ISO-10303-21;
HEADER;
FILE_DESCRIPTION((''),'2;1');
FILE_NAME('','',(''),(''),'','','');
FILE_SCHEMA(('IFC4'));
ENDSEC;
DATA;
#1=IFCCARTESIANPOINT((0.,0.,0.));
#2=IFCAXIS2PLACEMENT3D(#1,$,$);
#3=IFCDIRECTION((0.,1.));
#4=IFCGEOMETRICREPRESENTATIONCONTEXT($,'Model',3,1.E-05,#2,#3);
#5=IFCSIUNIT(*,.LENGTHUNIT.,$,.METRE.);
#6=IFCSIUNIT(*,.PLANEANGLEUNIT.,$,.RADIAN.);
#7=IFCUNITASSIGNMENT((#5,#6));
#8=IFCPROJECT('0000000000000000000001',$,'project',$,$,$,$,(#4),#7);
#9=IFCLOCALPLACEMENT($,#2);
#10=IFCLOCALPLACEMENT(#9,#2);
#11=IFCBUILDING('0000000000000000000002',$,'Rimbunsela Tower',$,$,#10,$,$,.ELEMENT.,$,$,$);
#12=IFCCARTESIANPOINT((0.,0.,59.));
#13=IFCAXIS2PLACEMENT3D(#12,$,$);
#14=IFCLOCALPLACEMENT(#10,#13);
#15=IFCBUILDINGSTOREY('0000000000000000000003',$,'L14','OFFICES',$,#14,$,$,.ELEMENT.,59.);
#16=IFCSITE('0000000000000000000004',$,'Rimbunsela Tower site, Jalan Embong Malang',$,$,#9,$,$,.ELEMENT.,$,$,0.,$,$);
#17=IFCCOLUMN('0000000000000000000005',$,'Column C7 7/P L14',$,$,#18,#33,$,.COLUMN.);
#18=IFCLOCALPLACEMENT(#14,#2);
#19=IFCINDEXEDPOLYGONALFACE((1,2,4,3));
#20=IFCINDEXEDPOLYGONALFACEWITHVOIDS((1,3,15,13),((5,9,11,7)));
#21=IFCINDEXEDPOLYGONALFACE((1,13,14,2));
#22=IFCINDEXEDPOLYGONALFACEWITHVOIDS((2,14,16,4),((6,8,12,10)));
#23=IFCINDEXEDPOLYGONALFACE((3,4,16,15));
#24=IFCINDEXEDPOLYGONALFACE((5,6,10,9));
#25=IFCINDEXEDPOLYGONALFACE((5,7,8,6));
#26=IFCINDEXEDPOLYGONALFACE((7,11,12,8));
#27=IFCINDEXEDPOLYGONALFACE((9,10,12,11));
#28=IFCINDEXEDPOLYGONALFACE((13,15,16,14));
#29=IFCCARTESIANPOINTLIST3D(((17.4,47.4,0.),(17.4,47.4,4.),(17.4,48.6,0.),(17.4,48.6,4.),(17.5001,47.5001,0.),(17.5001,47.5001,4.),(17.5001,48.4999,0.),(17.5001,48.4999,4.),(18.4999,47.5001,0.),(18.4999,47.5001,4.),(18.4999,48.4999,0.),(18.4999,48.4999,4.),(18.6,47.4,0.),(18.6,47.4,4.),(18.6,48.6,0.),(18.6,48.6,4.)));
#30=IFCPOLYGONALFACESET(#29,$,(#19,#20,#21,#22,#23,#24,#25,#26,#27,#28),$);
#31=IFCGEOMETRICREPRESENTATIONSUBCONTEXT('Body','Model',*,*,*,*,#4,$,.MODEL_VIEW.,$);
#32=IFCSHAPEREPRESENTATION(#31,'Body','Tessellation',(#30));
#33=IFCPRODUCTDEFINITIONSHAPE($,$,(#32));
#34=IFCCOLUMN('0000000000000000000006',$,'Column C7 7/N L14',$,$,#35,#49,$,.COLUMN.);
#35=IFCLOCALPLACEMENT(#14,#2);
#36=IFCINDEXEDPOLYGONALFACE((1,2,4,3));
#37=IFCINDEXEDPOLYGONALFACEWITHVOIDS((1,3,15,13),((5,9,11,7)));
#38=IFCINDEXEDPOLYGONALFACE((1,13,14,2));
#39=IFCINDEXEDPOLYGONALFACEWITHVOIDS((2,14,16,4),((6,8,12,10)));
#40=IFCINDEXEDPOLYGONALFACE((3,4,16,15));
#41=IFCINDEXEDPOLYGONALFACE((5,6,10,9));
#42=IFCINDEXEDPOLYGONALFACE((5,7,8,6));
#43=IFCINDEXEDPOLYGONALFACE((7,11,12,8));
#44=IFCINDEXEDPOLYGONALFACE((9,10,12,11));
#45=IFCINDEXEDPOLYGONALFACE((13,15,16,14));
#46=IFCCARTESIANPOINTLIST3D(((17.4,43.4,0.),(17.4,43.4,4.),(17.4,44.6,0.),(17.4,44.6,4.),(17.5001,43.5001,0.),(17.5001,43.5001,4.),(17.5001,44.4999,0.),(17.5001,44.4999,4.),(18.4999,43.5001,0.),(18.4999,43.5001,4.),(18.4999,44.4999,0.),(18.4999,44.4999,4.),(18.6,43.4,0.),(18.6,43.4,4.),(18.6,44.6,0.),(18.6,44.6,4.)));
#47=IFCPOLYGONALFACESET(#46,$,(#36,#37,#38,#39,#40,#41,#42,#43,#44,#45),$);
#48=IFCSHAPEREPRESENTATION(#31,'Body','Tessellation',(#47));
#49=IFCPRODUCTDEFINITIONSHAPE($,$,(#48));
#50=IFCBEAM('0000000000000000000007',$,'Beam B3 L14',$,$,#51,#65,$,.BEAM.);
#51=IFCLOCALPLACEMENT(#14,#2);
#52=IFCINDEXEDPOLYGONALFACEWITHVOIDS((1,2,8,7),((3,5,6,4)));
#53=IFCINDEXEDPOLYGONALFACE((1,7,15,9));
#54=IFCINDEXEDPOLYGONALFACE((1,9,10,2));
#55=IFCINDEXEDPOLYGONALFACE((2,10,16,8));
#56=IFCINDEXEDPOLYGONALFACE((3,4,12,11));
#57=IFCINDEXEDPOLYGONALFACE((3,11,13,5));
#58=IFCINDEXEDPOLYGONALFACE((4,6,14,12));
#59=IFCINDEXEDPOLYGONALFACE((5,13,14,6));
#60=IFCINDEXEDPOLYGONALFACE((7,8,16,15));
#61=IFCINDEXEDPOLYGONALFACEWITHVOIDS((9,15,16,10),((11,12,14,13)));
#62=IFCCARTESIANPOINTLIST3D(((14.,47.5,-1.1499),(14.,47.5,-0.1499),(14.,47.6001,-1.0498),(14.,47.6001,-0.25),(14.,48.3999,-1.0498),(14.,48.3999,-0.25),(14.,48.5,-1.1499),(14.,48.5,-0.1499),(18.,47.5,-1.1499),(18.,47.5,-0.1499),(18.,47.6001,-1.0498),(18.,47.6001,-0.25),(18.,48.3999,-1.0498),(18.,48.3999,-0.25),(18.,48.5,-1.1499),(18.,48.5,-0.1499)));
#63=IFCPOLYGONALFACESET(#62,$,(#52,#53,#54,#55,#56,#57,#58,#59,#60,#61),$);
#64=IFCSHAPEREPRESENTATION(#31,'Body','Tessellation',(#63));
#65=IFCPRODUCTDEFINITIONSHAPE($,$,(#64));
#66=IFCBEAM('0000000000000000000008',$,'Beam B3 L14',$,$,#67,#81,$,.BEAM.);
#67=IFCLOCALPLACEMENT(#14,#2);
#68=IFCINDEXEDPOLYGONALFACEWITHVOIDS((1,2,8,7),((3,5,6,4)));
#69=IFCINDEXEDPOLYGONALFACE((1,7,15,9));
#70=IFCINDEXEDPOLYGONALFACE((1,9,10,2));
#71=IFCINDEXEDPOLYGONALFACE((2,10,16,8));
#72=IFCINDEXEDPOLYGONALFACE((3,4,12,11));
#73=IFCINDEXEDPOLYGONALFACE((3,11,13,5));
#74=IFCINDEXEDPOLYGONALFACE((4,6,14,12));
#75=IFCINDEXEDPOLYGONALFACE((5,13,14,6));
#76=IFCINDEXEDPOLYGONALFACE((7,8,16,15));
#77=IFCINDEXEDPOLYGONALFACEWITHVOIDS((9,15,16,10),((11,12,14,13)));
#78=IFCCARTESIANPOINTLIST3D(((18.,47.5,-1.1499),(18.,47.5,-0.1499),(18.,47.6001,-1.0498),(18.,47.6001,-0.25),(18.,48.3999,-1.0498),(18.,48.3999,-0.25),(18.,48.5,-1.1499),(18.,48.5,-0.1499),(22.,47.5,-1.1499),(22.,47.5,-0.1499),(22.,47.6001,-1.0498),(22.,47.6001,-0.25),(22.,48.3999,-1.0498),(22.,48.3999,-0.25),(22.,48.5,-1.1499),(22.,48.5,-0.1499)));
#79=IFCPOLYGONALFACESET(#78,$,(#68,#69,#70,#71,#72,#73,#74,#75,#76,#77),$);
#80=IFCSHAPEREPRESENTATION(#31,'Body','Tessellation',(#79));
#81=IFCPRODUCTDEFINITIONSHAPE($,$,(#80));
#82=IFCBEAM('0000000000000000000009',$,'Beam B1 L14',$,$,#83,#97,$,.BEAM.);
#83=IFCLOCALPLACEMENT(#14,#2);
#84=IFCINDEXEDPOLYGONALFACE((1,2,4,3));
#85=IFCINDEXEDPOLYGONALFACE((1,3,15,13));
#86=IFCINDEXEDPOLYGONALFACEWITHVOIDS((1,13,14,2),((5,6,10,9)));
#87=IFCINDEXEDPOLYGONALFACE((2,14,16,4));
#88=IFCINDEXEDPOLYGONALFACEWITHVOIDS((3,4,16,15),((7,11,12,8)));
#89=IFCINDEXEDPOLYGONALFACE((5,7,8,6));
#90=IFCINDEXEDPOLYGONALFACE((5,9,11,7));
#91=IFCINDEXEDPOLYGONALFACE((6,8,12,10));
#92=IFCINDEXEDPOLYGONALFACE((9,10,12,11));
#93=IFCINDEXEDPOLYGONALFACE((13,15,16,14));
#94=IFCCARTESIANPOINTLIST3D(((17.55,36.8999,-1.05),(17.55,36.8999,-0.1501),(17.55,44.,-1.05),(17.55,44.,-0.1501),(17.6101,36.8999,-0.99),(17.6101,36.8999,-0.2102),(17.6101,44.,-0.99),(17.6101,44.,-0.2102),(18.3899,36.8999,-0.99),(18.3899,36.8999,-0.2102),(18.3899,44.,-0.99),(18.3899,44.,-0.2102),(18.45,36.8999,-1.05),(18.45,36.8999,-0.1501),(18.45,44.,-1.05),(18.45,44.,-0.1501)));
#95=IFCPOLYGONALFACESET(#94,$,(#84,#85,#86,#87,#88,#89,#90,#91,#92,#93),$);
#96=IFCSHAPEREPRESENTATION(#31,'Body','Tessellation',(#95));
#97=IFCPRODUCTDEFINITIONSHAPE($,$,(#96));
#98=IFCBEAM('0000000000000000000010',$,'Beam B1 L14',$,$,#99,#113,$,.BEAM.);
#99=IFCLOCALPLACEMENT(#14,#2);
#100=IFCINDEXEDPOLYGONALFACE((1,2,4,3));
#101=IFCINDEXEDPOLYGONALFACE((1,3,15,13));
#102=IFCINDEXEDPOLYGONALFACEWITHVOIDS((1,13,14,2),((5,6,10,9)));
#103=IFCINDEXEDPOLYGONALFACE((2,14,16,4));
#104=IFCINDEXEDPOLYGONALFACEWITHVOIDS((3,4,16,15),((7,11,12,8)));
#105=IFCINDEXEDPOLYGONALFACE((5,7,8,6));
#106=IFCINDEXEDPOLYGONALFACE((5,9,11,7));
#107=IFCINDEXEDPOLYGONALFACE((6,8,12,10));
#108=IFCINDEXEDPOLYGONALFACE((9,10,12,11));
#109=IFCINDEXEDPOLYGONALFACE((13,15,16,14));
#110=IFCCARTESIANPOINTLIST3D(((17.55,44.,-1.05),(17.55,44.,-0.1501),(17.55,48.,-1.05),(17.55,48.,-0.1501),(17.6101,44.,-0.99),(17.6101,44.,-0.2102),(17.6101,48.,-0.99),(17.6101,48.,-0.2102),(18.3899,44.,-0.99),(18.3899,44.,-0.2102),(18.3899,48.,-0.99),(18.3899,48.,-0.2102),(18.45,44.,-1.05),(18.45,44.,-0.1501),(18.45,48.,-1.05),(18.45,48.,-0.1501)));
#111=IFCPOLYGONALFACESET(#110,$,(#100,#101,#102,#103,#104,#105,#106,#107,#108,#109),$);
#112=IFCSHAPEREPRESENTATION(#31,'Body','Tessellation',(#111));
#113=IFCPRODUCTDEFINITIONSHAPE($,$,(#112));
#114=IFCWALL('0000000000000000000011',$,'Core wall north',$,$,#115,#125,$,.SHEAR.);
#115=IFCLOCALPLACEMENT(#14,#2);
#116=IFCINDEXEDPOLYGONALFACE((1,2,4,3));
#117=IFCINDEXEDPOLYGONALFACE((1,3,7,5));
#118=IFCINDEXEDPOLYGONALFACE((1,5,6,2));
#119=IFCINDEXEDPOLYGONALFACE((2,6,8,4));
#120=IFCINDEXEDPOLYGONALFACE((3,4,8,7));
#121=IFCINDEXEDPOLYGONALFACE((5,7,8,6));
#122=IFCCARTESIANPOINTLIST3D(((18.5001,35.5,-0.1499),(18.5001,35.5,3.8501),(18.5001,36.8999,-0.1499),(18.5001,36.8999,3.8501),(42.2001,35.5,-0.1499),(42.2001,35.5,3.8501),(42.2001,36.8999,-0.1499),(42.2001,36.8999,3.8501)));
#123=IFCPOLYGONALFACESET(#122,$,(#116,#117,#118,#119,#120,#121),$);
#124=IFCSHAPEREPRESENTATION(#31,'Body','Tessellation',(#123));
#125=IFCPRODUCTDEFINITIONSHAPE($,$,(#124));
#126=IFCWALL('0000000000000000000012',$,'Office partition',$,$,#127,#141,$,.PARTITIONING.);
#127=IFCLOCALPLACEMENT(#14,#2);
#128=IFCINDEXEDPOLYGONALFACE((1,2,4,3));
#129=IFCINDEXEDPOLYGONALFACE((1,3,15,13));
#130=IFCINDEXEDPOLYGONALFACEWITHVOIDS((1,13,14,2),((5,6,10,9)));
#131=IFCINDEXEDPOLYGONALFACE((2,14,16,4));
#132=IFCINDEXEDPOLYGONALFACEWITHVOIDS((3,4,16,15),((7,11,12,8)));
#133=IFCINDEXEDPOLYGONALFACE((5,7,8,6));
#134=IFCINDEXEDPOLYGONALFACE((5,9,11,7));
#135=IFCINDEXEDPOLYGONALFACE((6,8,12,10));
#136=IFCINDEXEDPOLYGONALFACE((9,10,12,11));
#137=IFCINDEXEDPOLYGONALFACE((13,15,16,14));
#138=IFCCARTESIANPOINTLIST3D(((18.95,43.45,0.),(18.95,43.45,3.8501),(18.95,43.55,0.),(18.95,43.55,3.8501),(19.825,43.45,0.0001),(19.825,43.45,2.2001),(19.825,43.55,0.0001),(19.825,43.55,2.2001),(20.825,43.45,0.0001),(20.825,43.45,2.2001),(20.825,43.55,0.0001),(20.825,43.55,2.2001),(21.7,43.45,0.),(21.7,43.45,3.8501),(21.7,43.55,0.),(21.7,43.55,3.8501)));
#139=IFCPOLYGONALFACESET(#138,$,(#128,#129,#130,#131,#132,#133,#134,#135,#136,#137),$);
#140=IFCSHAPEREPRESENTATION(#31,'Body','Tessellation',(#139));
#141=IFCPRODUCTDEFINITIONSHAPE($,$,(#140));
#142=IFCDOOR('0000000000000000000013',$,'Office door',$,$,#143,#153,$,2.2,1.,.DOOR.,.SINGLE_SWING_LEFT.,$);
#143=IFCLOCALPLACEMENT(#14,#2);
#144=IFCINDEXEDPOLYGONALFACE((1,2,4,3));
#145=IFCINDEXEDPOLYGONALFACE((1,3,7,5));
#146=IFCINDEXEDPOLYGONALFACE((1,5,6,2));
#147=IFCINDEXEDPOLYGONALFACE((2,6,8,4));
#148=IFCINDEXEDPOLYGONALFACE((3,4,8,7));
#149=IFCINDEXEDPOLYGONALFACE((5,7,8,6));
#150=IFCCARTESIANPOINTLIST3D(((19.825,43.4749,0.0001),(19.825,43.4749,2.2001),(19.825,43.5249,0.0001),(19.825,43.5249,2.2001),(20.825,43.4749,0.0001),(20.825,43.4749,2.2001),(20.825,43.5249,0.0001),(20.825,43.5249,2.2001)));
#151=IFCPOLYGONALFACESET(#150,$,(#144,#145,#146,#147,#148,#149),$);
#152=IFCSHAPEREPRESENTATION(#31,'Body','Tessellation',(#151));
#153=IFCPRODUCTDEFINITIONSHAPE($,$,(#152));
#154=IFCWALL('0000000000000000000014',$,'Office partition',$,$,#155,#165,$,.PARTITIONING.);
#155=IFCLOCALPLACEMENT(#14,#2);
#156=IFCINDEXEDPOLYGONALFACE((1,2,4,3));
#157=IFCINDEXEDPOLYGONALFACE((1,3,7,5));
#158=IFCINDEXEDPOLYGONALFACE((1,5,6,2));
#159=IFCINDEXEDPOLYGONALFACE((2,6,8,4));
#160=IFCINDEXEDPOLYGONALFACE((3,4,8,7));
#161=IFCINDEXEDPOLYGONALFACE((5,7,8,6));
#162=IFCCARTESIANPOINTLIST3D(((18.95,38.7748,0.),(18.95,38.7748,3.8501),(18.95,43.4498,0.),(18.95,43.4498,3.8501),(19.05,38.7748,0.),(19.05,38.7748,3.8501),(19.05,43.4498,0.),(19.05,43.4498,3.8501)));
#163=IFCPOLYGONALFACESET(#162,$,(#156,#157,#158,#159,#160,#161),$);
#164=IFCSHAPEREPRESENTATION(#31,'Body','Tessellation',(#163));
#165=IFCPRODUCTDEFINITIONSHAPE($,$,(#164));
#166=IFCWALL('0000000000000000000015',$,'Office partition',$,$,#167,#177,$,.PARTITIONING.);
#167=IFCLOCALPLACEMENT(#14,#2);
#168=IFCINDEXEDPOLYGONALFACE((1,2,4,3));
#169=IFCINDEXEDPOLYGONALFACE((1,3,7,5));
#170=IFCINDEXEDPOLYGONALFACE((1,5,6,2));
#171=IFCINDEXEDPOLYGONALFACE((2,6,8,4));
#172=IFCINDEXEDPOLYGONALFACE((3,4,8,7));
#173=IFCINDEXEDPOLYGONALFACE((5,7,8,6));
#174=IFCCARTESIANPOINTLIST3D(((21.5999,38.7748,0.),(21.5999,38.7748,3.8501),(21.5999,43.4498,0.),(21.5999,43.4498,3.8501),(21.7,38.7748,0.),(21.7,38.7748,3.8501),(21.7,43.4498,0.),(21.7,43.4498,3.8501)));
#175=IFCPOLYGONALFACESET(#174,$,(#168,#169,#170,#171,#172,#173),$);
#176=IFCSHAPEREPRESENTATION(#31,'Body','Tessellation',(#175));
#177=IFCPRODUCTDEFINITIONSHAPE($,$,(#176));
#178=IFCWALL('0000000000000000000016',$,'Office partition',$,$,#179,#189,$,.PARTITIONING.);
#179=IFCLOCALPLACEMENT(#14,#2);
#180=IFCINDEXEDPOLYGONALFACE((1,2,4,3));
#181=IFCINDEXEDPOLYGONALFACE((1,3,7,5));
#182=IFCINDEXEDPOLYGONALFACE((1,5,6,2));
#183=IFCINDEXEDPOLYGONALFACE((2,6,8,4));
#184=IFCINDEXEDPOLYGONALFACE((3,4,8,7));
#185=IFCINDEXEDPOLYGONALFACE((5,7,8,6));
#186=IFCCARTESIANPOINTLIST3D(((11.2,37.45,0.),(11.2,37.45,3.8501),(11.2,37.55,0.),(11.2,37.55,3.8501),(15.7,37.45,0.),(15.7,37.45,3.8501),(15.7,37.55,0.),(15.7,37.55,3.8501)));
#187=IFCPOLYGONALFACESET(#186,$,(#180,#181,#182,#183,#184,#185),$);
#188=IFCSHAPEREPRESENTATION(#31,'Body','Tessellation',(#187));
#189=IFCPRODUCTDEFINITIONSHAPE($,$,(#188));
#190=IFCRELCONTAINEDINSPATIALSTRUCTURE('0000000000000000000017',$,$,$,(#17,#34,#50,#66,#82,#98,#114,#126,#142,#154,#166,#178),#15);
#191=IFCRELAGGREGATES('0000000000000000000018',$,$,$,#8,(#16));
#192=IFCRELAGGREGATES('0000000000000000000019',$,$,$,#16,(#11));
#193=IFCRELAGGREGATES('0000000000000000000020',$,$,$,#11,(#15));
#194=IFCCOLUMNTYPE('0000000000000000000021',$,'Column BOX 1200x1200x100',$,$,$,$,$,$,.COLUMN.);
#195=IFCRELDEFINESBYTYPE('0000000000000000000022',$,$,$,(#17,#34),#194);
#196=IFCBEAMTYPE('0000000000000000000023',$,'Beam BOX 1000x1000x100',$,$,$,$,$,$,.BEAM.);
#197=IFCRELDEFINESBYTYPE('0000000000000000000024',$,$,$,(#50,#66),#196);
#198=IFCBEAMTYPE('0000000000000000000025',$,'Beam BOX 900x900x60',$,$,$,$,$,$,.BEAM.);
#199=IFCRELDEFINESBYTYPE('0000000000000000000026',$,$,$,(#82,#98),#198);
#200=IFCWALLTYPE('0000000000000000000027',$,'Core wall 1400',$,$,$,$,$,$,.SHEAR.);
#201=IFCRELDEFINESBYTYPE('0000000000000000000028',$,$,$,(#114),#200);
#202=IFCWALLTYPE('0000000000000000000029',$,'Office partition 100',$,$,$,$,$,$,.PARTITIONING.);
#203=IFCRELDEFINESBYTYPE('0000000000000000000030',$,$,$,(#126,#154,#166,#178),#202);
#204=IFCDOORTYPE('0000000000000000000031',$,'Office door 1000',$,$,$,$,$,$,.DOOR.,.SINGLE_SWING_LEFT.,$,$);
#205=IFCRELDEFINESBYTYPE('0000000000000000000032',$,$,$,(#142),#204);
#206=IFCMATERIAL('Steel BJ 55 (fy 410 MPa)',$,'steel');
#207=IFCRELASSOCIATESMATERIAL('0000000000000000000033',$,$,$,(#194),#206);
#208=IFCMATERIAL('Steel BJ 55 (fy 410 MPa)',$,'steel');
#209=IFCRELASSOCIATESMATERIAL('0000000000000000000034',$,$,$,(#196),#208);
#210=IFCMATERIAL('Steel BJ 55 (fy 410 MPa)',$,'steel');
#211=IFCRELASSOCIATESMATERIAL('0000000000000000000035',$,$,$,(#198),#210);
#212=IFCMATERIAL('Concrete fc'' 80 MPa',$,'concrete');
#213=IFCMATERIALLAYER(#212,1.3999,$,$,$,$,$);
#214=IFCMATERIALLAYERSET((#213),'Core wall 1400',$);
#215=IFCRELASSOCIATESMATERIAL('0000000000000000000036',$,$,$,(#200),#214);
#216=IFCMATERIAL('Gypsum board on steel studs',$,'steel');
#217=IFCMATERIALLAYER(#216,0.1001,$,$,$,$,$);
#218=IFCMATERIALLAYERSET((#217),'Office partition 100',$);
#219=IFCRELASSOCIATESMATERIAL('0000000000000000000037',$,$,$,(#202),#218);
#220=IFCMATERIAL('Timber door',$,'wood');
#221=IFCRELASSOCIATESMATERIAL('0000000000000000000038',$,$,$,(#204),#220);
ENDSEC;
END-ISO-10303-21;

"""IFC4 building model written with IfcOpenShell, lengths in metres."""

from ifc_helpers import new_model, si_unit, direction, frame, frame_2d, origin, origin_2d, place, context, subcontext, project, spatial, rectangle, hollow_rectangle, extrude, material, layer, layer_set, material_profile, profile_set, type_object, element, fill, save


model = new_model("IFC4")

# Units and contexts
model_context = context("Model", 3, precision=1e-05, world=origin(), true_north=direction((0.0, 1.0)))
body_context = subcontext(model_context, "Body", "Model", "MODEL_VIEW")
ifc_project = project(units=[si_unit("LENGTHUNIT", "METRE"), si_unit("PLANEANGLEUNIT", "RADIAN")], contexts=[model_context])

# Site, building, storey
site_placement = place(None, origin())
site = spatial("IfcSite", under=ifc_project, at=site_placement, Name="Rimbunsela Tower site, Jalan Embong Malang", CompositionType="ELEMENT", RefElevation=0.0)
building_placement = place(site_placement, origin())
building = spatial("IfcBuilding", under=site, at=building_placement, Name="Rimbunsela Tower", CompositionType="ELEMENT")
storey_placement = place(building_placement, frame((0.0, 0.0, 59.0)))
storey = spatial("IfcBuildingStorey", under=building, at=storey_placement, Name="L14", Description="OFFICES", CompositionType="ELEMENT", Elevation=59.0)

# Columns
ifc_material_1 = material(Name="Steel BJ 55 (fy 410 MPa)", Category="steel")
ifc_material_profile_1 = material_profile(ifc_material_1, hollow_rectangle(XDim=1.2, YDim=1.2, WallThickness=0.1001, at=origin_2d()), Name="BOX 1200x1200x100")
ifc_profile_set_1 = profile_set([ifc_material_profile_1], Name="Steel BJ 55 (fy 410 MPa)")
column_type = type_object("IfcColumnType", Name="Column BOX 1200x1200x100", PredefinedType="COLUMN", material=ifc_profile_set_1)
for number, where, z_axis, x_axis, name in (
    (1, (18.0, 48.0, 0.0), (0.0, 0.0, 1.0), (1.0, 0.0, 0.0), "Column C7 7/P L14"),
    (2, (18.0, 44.0, 0.0), (0.0, 0.0, 1.0), (1.0, 0.0, 0.0), "Column C7 7/N L14"),
):
    element("IfcColumn", number, at=place(storey_placement, frame(where, z_axis=z_axis, x_axis=x_axis)), inside=storey, type_object=column_type, Name=name, PredefinedType="COLUMN", context=body_context, shape_type="SweptSolid", body=[
        extrude(hollow_rectangle(XDim=1.2, YDim=1.2, WallThickness=0.1001, at=origin_2d()), origin(), (0.0, 0.0, 1.0), 4.0),
    ])

# Beams
ifc_material_2 = material(Name="Steel BJ 55 (fy 410 MPa)", Category="steel")
ifc_material_profile_2 = material_profile(ifc_material_2, hollow_rectangle(XDim=1.0, YDim=1.0, WallThickness=0.1001, at=origin_2d()), Name="BOX 1000x1000x100")
ifc_profile_set_2 = profile_set([ifc_material_profile_2], Name="Steel BJ 55 (fy 410 MPa)")
beam_type_1 = type_object("IfcBeamType", Name="Beam BOX 1000x1000x100", PredefinedType="BEAM", material=ifc_profile_set_2)
for number, where, z_axis, x_axis, name in (
    (3, (14.0, 48.0, -0.6499), (1.0, 0.0, 0.0), (0.0, 1.0, 0.0), "Beam B3 L14"),
    (4, (18.0, 48.0, -0.6499), (1.0, 0.0, 0.0), (0.0, 1.0, 0.0), "Beam B3 L14"),
):
    element("IfcBeam", number, at=place(storey_placement, frame(where, z_axis=z_axis, x_axis=x_axis)), inside=storey, type_object=beam_type_1, Name=name, PredefinedType="BEAM", context=body_context, shape_type="SweptSolid", body=[
        extrude(hollow_rectangle(XDim=1.0, YDim=1.0, WallThickness=0.1001, at=origin_2d()), origin(), (0.0, 0.0, 1.0), 4.0),
    ])
ifc_material_3 = material(Name="Steel BJ 55 (fy 410 MPa)", Category="steel")
ifc_material_profile_3 = material_profile(ifc_material_3, hollow_rectangle(XDim=0.8999, YDim=0.8999, WallThickness=0.0601, at=origin_2d()), Name="BOX 900x900x60")
ifc_profile_set_3 = profile_set([ifc_material_profile_3], Name="Steel BJ 55 (fy 410 MPa)")
beam_type_2 = type_object("IfcBeamType", Name="Beam BOX 900x900x60", PredefinedType="BEAM", material=ifc_profile_set_3)
beam_1_placement = place(storey_placement, frame((18.0, 36.8999, -0.6001), z_axis=(0.0, 1.0, 0.0), x_axis=(-1.0, 0.0, 0.0)))
element("IfcBeam", 5, at=beam_1_placement, inside=storey, type_object=beam_type_2, Name="Beam B1 L14", PredefinedType="BEAM", context=body_context, shape_type="SweptSolid", body=[
    extrude(hollow_rectangle(XDim=0.8999, YDim=0.8999, WallThickness=0.0601, at=origin_2d()), origin(), (0.0, 0.0, 1.0), 7.1001),
])
beam_2_placement = place(storey_placement, frame((18.0, 44.0, -0.6001), z_axis=(0.0, 1.0, 0.0), x_axis=(-1.0, 0.0, 0.0)))
element("IfcBeam", 6, at=beam_2_placement, inside=storey, type_object=beam_type_2, Name="Beam B1 L14", PredefinedType="BEAM", context=body_context, shape_type="SweptSolid", body=[
    extrude(hollow_rectangle(XDim=0.8999, YDim=0.8999, WallThickness=0.0601, at=origin_2d()), origin(), (0.0, 0.0, 1.0), 4.0),
])

# Wall
ifc_material_4 = material(Name="Concrete fc' 80 MPa", Category="concrete")
ifc_layer_1 = layer(ifc_material_4, 1.3999)
ifc_layer_set_1 = layer_set([ifc_layer_1], Name="Core wall 1400")
wall_type_1 = type_object("IfcWallType", Name="Core wall 1400", PredefinedType="SHEAR", material=ifc_layer_set_1)
wall_1_placement = place(storey_placement, frame((18.5, 36.2, -0.1499), z_axis=(0.0, 0.0, 1.0), x_axis=(1.0, 0.0, 0.0)))
element("IfcWall", 7, at=wall_1_placement, inside=storey, type_object=wall_type_1, Name="Core wall north", PredefinedType="SHEAR", context=body_context, shape_type="SweptSolid", body=[
    extrude(rectangle(XDim=23.7, YDim=1.3999, at=frame_2d((11.8501, 0.0))), origin(), (0.0, 0.0, 1.0), 4.0),
])

# Wall, opening, door
ifc_material_5 = material(Name="Gypsum board on steel studs", Category="steel")
ifc_layer_2 = layer(ifc_material_5, 0.1001)
ifc_layer_set_2 = layer_set([ifc_layer_2], Name="Office partition 100")
wall_type_2 = type_object("IfcWallType", Name="Office partition 100", PredefinedType="PARTITIONING", material=ifc_layer_set_2)
wall_2_placement = place(storey_placement, frame((18.95, 43.5, 0.0), z_axis=(0.0, 0.0, 1.0), x_axis=(1.0, 0.0, 0.0)))
wall_2 = element("IfcWall", 8, at=wall_2_placement, inside=storey, type_object=wall_type_2, Name="Office partition", PredefinedType="PARTITIONING", context=body_context, shape_type="SweptSolid", body=[
    extrude(rectangle(XDim=2.75, YDim=0.1001, at=frame_2d((1.375, 0.0))), origin(), (0.0, 0.0, 1.0), 3.8501),
])
opening_1_placement = place(wall_2_placement, frame((0.875, 0.0, 0.0)))
opening_1 = element("IfcOpeningElement", 9, at=opening_1_placement, cuts=wall_2, PredefinedType="OPENING", context=body_context, shape_type="SweptSolid", body=[
    extrude(rectangle(XDim=1.0, YDim=2.2, at=frame_2d((0.5, 1.1001))), frame((0.0, 0.0601, 0.0), z_axis=(0.0, -1.0, 0.0), x_axis=(1.0, 0.0, 0.0)), (0.0, 0.0, 1.0), 0.1201),
])
ifc_material_6 = material(Name="Timber door", Category="wood")
door_type_1 = type_object("IfcDoorType", Name="Office door 1000", OperationType="SINGLE_SWING_LEFT", PredefinedType="DOOR", material=ifc_material_6)
door_1_placement = place(opening_1_placement, origin())
door_1 = element("IfcDoor", 10, at=door_1_placement, inside=storey, type_object=door_type_1, Name="Office door", OperationType="SINGLE_SWING_LEFT", OverallHeight=2.2, OverallWidth=1.0, PredefinedType="DOOR", context=body_context, shape_type="SweptSolid", body=[
    extrude(rectangle(XDim=1.0, YDim=2.2, at=frame_2d((0.5, 1.1001))), frame((0.0, 0.0249, 0.0), z_axis=(0.0, -1.0, 0.0), x_axis=(1.0, 0.0, 0.0)), (0.0, 0.0, 1.0), 0.05),
])
fill(opening_1, door_1)

# Walls
for number, where, z_axis, x_axis, name in (
    (11, (19.0, 38.7749, 0.0), (0.0, 0.0, 1.0), (0.0, 1.0, 0.0), "Office partition"),
    (12, (21.6499, 38.7749, 0.0), (0.0, 0.0, 1.0), (0.0, 1.0, 0.0), "Office partition"),
):
    element("IfcWall", number, at=place(storey_placement, frame(where, z_axis=z_axis, x_axis=x_axis)), inside=storey, type_object=wall_type_2, Name=name, PredefinedType="PARTITIONING", context=body_context, shape_type="SweptSolid", body=[
        extrude(rectangle(XDim=4.675, YDim=0.1001, at=frame_2d((2.3374, 0.0))), origin(), (0.0, 0.0, 1.0), 3.8501),
    ])
wall_3_placement = place(storey_placement, frame((15.7, 37.5, 0.0), z_axis=(0.0, 0.0, 1.0), x_axis=(-1.0, 0.0, 0.0)))
element("IfcWall", 13, at=wall_3_placement, inside=storey, type_object=wall_type_2, Name="Office partition", PredefinedType="PARTITIONING", context=body_context, shape_type="SweptSolid", body=[
    extrude(rectangle(XDim=4.5, YDim=0.1001, at=frame_2d((2.25, 0.0))), origin(), (0.0, 0.0, 1.0), 3.8501),
])

save(model, "model.ifc")
